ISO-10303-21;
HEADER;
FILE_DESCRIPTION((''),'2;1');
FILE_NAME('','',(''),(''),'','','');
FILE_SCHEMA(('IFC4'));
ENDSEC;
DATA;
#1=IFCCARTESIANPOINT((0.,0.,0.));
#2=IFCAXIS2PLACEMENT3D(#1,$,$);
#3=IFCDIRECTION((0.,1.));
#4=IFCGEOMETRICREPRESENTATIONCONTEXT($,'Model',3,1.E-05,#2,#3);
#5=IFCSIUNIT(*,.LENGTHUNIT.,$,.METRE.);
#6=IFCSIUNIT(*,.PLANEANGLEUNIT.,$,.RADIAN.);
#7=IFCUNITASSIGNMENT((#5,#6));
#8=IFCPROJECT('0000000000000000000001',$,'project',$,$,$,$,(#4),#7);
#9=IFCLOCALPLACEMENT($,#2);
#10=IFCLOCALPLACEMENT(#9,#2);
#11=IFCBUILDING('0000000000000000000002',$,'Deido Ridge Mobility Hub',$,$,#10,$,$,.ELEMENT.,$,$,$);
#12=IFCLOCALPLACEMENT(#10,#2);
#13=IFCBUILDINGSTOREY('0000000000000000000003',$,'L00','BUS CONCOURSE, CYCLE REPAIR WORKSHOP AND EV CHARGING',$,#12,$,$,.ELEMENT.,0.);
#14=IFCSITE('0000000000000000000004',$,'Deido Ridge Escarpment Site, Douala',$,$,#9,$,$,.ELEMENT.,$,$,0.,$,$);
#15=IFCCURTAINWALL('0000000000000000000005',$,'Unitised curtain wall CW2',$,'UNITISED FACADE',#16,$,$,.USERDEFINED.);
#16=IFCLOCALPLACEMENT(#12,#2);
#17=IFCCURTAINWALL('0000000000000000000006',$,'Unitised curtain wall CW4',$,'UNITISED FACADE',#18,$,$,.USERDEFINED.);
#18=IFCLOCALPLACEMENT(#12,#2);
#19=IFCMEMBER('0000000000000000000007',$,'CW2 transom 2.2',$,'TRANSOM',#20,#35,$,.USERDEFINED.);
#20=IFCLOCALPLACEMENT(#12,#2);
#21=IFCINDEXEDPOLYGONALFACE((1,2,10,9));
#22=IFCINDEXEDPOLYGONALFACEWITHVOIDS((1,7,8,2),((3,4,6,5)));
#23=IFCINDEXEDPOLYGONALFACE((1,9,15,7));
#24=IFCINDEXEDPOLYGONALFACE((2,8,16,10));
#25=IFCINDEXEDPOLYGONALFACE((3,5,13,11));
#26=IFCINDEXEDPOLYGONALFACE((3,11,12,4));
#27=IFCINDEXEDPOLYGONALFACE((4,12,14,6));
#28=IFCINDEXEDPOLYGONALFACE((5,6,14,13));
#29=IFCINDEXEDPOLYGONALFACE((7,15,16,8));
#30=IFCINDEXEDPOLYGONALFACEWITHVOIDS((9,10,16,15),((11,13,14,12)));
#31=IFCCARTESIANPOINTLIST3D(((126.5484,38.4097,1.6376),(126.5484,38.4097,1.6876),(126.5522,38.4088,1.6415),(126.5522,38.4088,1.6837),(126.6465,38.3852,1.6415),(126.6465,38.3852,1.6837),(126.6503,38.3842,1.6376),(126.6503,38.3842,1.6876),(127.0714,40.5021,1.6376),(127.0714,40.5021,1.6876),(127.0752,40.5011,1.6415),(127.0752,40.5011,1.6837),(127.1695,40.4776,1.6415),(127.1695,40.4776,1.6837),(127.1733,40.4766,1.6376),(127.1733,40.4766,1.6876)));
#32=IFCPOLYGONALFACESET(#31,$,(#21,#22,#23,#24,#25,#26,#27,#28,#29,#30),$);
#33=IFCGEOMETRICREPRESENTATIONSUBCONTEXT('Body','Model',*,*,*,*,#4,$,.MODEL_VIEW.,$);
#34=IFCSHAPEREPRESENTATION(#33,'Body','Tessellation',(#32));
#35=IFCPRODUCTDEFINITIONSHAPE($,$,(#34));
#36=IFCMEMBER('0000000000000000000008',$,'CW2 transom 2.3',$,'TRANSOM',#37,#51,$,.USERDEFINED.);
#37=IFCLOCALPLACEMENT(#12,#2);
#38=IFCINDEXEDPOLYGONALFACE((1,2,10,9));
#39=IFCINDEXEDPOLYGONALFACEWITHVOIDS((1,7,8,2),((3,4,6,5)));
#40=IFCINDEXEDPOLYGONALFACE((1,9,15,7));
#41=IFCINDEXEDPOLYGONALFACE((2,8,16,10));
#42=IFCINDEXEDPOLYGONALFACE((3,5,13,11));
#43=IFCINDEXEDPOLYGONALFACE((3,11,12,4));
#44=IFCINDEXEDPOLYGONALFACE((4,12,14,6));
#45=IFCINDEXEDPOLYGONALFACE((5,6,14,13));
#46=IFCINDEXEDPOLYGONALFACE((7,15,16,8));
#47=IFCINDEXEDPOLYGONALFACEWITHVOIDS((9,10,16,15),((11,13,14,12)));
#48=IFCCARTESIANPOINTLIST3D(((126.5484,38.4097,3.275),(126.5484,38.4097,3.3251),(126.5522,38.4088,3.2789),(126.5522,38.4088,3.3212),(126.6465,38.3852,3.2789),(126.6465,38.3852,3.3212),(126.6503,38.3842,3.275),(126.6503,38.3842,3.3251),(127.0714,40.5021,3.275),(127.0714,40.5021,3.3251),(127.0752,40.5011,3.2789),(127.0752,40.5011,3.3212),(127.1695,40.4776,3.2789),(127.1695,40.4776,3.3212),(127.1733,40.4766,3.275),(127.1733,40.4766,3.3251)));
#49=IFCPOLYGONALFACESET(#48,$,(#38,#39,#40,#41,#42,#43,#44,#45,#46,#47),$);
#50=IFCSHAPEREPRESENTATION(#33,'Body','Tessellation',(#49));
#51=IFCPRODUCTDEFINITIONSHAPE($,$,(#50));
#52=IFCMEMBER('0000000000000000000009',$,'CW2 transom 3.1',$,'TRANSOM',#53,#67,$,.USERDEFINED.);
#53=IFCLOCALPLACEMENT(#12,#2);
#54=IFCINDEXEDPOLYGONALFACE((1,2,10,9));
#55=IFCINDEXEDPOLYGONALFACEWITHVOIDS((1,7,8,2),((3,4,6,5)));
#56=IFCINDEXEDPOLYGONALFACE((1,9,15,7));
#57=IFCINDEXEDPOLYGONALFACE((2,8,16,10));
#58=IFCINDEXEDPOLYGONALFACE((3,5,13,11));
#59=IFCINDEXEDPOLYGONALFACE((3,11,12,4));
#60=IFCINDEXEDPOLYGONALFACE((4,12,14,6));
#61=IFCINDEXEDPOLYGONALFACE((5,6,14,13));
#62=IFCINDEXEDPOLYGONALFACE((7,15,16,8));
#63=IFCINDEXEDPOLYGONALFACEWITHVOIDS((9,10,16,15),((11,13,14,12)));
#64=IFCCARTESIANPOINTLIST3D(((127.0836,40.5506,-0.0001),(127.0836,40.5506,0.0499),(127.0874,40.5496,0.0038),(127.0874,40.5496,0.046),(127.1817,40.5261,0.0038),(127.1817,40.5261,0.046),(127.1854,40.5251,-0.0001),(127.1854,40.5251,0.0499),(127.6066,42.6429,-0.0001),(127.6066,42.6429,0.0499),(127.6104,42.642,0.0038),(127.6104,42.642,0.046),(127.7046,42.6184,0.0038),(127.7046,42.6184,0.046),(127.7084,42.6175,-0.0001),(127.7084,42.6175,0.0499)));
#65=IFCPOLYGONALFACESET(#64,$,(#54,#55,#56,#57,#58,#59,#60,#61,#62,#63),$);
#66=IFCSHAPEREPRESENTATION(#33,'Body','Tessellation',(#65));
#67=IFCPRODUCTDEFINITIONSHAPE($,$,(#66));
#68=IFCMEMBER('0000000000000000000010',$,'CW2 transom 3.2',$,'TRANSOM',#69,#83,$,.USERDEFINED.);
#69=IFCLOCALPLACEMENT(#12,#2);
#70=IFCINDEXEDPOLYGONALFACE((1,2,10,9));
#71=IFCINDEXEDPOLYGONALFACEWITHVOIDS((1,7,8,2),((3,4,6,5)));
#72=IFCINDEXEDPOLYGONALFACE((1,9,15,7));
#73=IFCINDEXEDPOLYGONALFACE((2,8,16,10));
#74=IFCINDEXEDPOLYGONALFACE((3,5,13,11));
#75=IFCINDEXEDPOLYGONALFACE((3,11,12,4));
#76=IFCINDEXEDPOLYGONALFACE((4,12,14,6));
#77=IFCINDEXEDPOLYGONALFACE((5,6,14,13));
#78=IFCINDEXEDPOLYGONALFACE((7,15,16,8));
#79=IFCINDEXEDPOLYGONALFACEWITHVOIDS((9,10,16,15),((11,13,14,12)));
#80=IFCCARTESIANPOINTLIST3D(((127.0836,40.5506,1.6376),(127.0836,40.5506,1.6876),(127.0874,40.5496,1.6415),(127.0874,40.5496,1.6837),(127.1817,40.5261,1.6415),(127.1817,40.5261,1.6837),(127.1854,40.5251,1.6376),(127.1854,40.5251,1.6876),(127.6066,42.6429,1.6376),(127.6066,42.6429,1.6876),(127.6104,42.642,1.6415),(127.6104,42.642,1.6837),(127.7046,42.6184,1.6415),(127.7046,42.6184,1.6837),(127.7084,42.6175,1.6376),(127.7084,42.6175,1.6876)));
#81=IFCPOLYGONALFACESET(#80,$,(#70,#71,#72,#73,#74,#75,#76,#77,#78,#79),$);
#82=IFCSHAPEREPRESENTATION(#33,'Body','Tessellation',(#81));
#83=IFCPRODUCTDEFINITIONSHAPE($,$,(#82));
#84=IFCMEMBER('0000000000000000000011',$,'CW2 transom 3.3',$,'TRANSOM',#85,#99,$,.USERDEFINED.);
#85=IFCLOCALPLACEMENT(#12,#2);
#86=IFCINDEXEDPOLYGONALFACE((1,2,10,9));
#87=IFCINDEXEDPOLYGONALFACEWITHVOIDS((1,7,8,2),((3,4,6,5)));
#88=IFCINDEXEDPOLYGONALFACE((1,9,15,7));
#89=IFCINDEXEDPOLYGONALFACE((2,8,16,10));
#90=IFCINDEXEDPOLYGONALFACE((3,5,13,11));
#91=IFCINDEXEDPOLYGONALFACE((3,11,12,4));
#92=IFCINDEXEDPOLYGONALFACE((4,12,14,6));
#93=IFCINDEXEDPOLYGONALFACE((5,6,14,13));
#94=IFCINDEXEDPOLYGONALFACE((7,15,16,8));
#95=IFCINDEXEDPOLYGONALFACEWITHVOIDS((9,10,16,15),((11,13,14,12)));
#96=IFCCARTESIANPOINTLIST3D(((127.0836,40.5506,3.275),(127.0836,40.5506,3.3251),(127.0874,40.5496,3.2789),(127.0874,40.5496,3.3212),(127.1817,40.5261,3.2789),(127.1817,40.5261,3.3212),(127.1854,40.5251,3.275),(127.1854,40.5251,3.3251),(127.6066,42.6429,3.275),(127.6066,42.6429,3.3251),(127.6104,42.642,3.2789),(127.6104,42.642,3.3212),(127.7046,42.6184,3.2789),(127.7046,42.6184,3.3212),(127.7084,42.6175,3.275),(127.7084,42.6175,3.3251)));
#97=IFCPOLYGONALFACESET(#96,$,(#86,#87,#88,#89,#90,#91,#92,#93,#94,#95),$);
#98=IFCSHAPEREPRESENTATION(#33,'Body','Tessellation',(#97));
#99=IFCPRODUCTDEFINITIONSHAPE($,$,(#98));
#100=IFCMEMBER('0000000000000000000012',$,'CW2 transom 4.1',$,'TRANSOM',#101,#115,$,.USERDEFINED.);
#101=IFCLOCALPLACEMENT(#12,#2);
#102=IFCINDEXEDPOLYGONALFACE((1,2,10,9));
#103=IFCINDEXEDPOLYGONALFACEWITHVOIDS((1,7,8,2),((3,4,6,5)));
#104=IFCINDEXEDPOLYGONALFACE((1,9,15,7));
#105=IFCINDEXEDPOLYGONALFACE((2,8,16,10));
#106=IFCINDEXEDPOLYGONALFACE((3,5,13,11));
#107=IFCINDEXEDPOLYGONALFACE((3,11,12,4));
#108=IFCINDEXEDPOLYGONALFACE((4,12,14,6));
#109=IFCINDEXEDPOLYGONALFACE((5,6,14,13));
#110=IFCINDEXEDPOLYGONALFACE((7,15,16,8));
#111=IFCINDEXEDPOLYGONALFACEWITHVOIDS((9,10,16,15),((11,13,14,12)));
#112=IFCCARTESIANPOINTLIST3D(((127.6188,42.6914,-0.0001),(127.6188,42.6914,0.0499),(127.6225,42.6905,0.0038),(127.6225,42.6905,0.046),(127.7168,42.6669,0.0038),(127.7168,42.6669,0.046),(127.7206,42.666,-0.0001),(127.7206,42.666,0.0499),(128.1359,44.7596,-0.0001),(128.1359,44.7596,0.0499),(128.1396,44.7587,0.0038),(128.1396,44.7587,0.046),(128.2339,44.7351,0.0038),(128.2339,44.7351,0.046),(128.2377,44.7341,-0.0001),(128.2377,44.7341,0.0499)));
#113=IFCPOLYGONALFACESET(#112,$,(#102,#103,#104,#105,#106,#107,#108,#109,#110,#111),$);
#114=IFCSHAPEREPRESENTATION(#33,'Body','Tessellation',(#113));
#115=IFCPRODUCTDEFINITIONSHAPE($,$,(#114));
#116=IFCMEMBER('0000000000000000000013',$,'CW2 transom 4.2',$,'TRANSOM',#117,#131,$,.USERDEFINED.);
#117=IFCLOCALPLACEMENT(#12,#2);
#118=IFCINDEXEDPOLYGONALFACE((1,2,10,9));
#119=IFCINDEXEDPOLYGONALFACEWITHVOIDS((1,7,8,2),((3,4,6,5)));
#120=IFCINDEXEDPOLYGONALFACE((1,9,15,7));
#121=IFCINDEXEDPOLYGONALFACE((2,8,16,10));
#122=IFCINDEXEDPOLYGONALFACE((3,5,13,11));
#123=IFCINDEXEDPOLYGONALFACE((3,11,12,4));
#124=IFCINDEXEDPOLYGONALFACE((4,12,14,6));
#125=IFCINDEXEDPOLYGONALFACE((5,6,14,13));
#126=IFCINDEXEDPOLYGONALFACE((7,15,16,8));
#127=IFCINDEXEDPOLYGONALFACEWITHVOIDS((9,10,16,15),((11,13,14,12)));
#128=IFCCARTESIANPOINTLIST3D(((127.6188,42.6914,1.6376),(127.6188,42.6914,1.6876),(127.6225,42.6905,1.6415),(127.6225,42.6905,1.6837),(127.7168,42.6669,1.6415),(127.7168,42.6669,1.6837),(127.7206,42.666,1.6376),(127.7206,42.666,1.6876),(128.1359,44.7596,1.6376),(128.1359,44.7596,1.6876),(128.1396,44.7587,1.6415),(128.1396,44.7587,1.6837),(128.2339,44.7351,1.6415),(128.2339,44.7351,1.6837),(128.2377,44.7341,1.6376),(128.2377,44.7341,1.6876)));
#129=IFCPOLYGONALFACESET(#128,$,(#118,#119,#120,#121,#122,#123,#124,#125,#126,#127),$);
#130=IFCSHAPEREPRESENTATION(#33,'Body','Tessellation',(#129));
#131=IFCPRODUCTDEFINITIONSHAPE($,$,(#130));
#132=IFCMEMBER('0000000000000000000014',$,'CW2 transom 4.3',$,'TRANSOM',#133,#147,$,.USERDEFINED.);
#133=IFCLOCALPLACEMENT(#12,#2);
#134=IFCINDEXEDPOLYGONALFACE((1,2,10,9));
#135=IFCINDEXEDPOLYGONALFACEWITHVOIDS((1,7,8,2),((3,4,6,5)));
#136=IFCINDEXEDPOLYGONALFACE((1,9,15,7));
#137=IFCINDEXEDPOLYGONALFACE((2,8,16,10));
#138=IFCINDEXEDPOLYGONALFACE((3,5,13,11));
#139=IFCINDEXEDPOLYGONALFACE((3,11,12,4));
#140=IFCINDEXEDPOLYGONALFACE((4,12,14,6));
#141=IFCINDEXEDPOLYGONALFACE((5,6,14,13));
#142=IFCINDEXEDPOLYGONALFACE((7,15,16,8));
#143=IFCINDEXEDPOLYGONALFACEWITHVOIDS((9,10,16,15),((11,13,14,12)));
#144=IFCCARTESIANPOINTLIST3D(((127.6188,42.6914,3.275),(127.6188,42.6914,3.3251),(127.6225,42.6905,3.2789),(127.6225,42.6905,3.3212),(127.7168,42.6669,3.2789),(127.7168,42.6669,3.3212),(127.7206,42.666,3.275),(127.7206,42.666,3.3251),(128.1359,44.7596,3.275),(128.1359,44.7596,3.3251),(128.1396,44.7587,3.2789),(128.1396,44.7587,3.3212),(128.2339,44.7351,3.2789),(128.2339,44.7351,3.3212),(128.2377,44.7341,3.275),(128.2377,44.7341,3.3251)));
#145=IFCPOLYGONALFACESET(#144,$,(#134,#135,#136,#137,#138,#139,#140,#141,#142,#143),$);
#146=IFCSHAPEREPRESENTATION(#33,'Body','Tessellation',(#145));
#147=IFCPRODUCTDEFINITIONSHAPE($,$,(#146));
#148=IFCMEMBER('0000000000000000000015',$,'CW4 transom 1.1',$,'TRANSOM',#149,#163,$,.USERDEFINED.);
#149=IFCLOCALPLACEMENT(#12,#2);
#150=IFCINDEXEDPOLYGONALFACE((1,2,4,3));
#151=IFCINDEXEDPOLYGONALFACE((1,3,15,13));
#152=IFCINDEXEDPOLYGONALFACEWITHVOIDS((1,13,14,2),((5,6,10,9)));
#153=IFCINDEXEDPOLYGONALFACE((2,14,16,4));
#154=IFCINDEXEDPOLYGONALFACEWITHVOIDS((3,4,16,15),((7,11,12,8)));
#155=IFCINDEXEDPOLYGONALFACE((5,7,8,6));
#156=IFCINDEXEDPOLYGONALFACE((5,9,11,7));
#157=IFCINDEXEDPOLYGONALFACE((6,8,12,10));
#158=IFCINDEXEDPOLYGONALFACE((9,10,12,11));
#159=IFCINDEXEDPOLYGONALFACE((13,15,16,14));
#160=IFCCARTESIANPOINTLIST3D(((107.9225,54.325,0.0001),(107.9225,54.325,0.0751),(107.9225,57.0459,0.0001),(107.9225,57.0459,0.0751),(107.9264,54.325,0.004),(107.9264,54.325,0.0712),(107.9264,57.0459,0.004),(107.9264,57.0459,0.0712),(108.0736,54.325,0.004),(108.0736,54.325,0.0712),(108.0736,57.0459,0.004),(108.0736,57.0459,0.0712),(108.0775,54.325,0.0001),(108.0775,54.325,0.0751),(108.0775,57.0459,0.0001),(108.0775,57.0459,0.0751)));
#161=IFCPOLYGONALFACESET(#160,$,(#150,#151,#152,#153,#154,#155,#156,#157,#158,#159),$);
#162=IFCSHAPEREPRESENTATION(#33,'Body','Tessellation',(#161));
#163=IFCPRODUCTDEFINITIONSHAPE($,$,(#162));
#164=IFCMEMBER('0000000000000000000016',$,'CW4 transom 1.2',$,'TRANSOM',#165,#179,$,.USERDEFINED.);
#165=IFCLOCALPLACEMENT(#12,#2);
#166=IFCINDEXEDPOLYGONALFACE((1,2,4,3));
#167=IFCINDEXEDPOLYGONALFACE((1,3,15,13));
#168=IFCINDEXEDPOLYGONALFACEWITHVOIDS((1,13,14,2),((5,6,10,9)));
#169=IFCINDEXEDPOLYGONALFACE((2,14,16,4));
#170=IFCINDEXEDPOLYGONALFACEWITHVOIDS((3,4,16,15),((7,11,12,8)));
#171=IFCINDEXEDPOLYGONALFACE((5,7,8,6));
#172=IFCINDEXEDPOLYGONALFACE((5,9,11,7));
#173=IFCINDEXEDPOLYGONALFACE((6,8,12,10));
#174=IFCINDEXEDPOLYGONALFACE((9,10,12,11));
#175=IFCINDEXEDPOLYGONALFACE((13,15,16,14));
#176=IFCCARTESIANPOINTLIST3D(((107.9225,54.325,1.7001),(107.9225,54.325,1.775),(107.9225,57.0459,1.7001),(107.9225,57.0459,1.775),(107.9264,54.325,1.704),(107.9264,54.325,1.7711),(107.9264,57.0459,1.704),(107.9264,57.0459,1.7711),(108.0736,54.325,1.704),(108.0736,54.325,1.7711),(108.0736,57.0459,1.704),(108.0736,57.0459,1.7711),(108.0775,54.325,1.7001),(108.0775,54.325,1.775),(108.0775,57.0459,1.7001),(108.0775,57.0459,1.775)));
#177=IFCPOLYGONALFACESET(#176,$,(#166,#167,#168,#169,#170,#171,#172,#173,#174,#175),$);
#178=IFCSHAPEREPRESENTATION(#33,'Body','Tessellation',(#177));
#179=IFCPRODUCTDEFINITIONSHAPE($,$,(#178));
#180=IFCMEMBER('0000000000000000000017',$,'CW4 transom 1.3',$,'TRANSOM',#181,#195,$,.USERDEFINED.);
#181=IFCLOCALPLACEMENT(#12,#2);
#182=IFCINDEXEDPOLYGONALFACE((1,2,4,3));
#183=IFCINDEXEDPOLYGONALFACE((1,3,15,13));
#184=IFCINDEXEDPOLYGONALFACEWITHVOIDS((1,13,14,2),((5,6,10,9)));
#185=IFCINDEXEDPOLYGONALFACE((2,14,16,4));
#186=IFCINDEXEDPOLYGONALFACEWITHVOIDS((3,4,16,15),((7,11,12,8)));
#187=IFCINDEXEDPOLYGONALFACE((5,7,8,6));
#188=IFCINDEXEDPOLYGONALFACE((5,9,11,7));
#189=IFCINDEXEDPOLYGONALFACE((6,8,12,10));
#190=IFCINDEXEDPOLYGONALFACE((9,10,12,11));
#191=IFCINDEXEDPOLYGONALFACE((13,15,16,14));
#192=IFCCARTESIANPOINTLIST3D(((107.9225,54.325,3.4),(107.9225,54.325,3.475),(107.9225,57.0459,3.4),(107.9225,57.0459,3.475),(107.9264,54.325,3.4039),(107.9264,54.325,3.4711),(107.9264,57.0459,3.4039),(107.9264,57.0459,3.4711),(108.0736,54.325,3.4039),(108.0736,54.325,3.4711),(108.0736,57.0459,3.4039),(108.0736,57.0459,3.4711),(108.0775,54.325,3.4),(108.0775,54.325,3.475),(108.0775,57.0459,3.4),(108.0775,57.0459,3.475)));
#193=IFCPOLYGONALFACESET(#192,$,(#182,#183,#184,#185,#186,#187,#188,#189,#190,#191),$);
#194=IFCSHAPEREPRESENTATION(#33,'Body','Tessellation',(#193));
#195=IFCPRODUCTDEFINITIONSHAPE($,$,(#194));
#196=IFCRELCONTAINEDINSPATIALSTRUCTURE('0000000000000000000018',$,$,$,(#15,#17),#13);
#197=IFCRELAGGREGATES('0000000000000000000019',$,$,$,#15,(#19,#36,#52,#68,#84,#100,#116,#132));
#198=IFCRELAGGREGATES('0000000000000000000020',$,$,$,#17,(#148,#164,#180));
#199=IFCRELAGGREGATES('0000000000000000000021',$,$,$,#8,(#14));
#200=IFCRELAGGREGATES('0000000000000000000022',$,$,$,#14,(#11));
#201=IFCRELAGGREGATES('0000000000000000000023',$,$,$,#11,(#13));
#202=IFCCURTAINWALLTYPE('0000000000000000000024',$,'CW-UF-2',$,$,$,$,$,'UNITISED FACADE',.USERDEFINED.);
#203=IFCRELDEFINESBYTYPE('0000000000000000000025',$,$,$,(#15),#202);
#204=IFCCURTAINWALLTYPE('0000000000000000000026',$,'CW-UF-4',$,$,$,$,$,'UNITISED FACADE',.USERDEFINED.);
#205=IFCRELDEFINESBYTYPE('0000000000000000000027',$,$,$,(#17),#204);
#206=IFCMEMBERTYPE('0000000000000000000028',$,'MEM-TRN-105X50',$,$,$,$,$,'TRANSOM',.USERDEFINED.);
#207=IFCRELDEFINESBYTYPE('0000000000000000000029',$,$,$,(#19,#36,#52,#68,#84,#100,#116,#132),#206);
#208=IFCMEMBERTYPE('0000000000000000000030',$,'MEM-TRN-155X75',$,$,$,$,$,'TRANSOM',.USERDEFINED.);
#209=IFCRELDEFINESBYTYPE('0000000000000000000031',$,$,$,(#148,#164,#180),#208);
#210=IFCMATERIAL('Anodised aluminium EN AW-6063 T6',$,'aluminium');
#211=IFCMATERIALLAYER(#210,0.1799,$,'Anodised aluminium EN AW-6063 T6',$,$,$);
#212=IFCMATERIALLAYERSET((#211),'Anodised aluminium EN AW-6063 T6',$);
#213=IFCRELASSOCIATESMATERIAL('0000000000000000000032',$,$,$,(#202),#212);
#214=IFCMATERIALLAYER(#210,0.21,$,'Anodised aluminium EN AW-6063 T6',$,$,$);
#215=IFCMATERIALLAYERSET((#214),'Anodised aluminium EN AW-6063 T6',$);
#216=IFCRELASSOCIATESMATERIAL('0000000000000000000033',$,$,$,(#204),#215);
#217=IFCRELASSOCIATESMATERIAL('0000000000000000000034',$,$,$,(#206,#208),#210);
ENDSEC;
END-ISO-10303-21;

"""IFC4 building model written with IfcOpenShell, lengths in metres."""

from ifc_helpers import new_model, si_unit, direction, frame, origin, origin_2d, place, context, subcontext, project, spatial, hollow_rectangle, extrude, material, layer, layer_set, material_profile, profile_set, type_object, element, aggregate, save


model = new_model("IFC4")

# Units and contexts
model_context = context("Model", 3, precision=1e-05, world=origin(), true_north=direction((0.0, 1.0)))
body_context = subcontext(model_context, "Body", "Model", "MODEL_VIEW")
ifc_project = project(units=[si_unit("LENGTHUNIT", "METRE"), si_unit("PLANEANGLEUNIT", "RADIAN")], contexts=[model_context])

# Site, building, storey
site_placement = place(None, origin())
site = spatial("IfcSite", under=ifc_project, at=site_placement, Name="Deido Ridge Escarpment Site, Douala", CompositionType="ELEMENT", RefElevation=0.0)
building_placement = place(site_placement, origin())
building = spatial("IfcBuilding", under=site, at=building_placement, Name="Deido Ridge Mobility Hub", CompositionType="ELEMENT")
storey_placement = place(building_placement, origin())
storey = spatial("IfcBuildingStorey", under=building, at=storey_placement, Name="L00", Description="BUS CONCOURSE, CYCLE REPAIR WORKSHOP AND EV CHARGING", CompositionType="ELEMENT", Elevation=0.0)

# Curtain wall
ifc_material_1 = material(Name="Anodised aluminium EN AW-6063 T6", Category="aluminium")
ifc_layer_1 = layer(ifc_material_1, 0.1799, Name="Anodised aluminium EN AW-6063 T6")
ifc_layer_set_1 = layer_set([ifc_layer_1], Name="Anodised aluminium EN AW-6063 T6")
curtain_wall_type_1 = type_object("IfcCurtainWallType", Name="CW-UF-2", ElementType="UNITISED FACADE", PredefinedType="USERDEFINED", material=ifc_layer_set_1)
curtain_wall_1_placement = place(storey_placement, origin())
curtain_wall_1 = element("IfcCurtainWall", 1, at=curtain_wall_1_placement, inside=storey, type_object=curtain_wall_type_1, Name="Unitised curtain wall CW2", ObjectType="UNITISED FACADE", PredefinedType="USERDEFINED")

# Shared definitions
ifc_layer_2 = layer(ifc_material_1, 0.21, Name="Anodised aluminium EN AW-6063 T6")
ifc_layer_set_2 = layer_set([ifc_layer_2], Name="Anodised aluminium EN AW-6063 T6")
curtain_wall_type_2 = type_object("IfcCurtainWallType", Name="CW-UF-4", ElementType="UNITISED FACADE", PredefinedType="USERDEFINED", material=ifc_layer_set_2)

# Curtain wall
curtain_wall_2_placement = place(storey_placement, origin())
curtain_wall_2 = element("IfcCurtainWall", 2, at=curtain_wall_2_placement, inside=storey, type_object=curtain_wall_type_2, Name="Unitised curtain wall CW4", ObjectType="UNITISED FACADE", PredefinedType="USERDEFINED")

# Members
ifc_material_profile_1 = material_profile(ifc_material_1, hollow_rectangle(XDim=0.105, YDim=0.05, WallThickness=0.0039, at=origin_2d()), Name="RHS 105x50x4")
ifc_profile_set_1 = profile_set([ifc_material_profile_1], Name="Anodised aluminium EN AW-6063 T6")
member_type_1 = type_object("IfcMemberType", Name="MEM-TRN-105X50", ElementType="TRANSOM", PredefinedType="USERDEFINED", material=ifc_profile_set_1)
member_1_placement = place(storey_placement, frame((126.5994, 38.397, 1.6626), z_axis=(0.242482, 0.970156, 0.0), x_axis=(-0.970156, 0.242482, 0.0)))
member_1 = element("IfcMember", 3, at=member_1_placement, type_object=member_type_1, Name="CW2 transom 2.2", ObjectType="TRANSOM", PredefinedType="USERDEFINED", context=body_context, shape_type="SweptSolid", body=[
    extrude(hollow_rectangle(XDim=0.105, YDim=0.05, WallThickness=0.0039, at=origin_2d()), origin(), (0.0, 0.0, 1.0), 2.1567),
])
member_2_placement = place(storey_placement, frame((126.5994, 38.397, 3.3), z_axis=(0.242482, 0.970156, 0.0), x_axis=(-0.970156, 0.242482, 0.0)))
member_2 = element("IfcMember", 4, at=member_2_placement, type_object=member_type_1, Name="CW2 transom 2.3", ObjectType="TRANSOM", PredefinedType="USERDEFINED", context=body_context, shape_type="SweptSolid", body=[
    extrude(hollow_rectangle(XDim=0.105, YDim=0.05, WallThickness=0.0039, at=origin_2d()), origin(), (0.0, 0.0, 1.0), 2.1567),
])
member_3_placement = place(storey_placement, frame((127.1345, 40.5378, 0.0249), z_axis=(0.242482, 0.970156, 0.0), x_axis=(-0.970156, 0.242482, 0.0)))
member_3 = element("IfcMember", 5, at=member_3_placement, type_object=member_type_1, Name="CW2 transom 3.1", ObjectType="TRANSOM", PredefinedType="USERDEFINED", context=body_context, shape_type="SweptSolid", body=[
    extrude(hollow_rectangle(XDim=0.105, YDim=0.05, WallThickness=0.0039, at=origin_2d()), origin(), (0.0, 0.0, 1.0), 2.1567),
])
member_4_placement = place(storey_placement, frame((127.1345, 40.5378, 1.6626), z_axis=(0.242482, 0.970156, 0.0), x_axis=(-0.970156, 0.242482, 0.0)))
member_4 = element("IfcMember", 6, at=member_4_placement, type_object=member_type_1, Name="CW2 transom 3.2", ObjectType="TRANSOM", PredefinedType="USERDEFINED", context=body_context, shape_type="SweptSolid", body=[
    extrude(hollow_rectangle(XDim=0.105, YDim=0.05, WallThickness=0.0039, at=origin_2d()), origin(), (0.0, 0.0, 1.0), 2.1567),
])
member_5_placement = place(storey_placement, frame((127.1345, 40.5378, 3.3), z_axis=(0.242482, 0.970156, 0.0), x_axis=(-0.970156, 0.242482, 0.0)))
member_5 = element("IfcMember", 7, at=member_5_placement, type_object=member_type_1, Name="CW2 transom 3.3", ObjectType="TRANSOM", PredefinedType="USERDEFINED", context=body_context, shape_type="SweptSolid", body=[
    extrude(hollow_rectangle(XDim=0.105, YDim=0.05, WallThickness=0.0039, at=origin_2d()), origin(), (0.0, 0.0, 1.0), 2.1567),
])
member_6_placement = place(storey_placement, frame((127.6697, 42.6787, 0.0249), z_axis=(0.242563, 0.970136, 0.0), x_axis=(-0.970136, 0.242563, 0.0)))
member_6 = element("IfcMember", 8, at=member_6_placement, type_object=member_type_1, Name="CW2 transom 4.1", ObjectType="TRANSOM", PredefinedType="USERDEFINED", context=body_context, shape_type="SweptSolid", body=[
    extrude(hollow_rectangle(XDim=0.105, YDim=0.05, WallThickness=0.0039, at=origin_2d()), origin(), (0.0, 0.0, 1.0), 2.1318),
])
member_7_placement = place(storey_placement, frame((127.6697, 42.6787, 1.6626), z_axis=(0.242563, 0.970136, 0.0), x_axis=(-0.970136, 0.242563, 0.0)))
member_7 = element("IfcMember", 9, at=member_7_placement, type_object=member_type_1, Name="CW2 transom 4.2", ObjectType="TRANSOM", PredefinedType="USERDEFINED", context=body_context, shape_type="SweptSolid", body=[
    extrude(hollow_rectangle(XDim=0.105, YDim=0.05, WallThickness=0.0039, at=origin_2d()), origin(), (0.0, 0.0, 1.0), 2.1318),
])
member_8_placement = place(storey_placement, frame((127.6697, 42.6787, 3.3), z_axis=(0.242563, 0.970136, 0.0), x_axis=(-0.970136, 0.242563, 0.0)))
member_8 = element("IfcMember", 10, at=member_8_placement, type_object=member_type_1, Name="CW2 transom 4.3", ObjectType="TRANSOM", PredefinedType="USERDEFINED", context=body_context, shape_type="SweptSolid", body=[
    extrude(hollow_rectangle(XDim=0.105, YDim=0.05, WallThickness=0.0039, at=origin_2d()), origin(), (0.0, 0.0, 1.0), 2.1318),
])
ifc_material_profile_2 = material_profile(ifc_material_1, hollow_rectangle(XDim=0.155, YDim=0.075, WallThickness=0.0039, at=origin_2d()), Name="RHS 155x75x4")
ifc_profile_set_2 = profile_set([ifc_material_profile_2], Name="Anodised aluminium EN AW-6063 T6")
member_type_2 = type_object("IfcMemberType", Name="MEM-TRN-155X75", ElementType="TRANSOM", PredefinedType="USERDEFINED", material=ifc_profile_set_2)
member_9_placement = place(storey_placement, frame((108.0, 54.325, 0.0376), z_axis=(0.0, 1.0, 0.0), x_axis=(-1.0, 0.0, 0.0)))
member_9 = element("IfcMember", 11, at=member_9_placement, type_object=member_type_2, Name="CW4 transom 1.1", ObjectType="TRANSOM", PredefinedType="USERDEFINED", context=body_context, shape_type="SweptSolid", body=[
    extrude(hollow_rectangle(XDim=0.155, YDim=0.075, WallThickness=0.0039, at=origin_2d()), origin(), (0.0, 0.0, 1.0), 2.7209),
])
member_10_placement = place(storey_placement, frame((108.0, 54.325, 1.7375), z_axis=(0.0, 1.0, 0.0), x_axis=(-1.0, 0.0, 0.0)))
member_10 = element("IfcMember", 12, at=member_10_placement, type_object=member_type_2, Name="CW4 transom 1.2", ObjectType="TRANSOM", PredefinedType="USERDEFINED", context=body_context, shape_type="SweptSolid", body=[
    extrude(hollow_rectangle(XDim=0.155, YDim=0.075, WallThickness=0.0039, at=origin_2d()), origin(), (0.0, 0.0, 1.0), 2.7209),
])
member_11_placement = place(storey_placement, frame((108.0, 54.325, 3.4375), z_axis=(0.0, 1.0, 0.0), x_axis=(-1.0, 0.0, 0.0)))
member_11 = element("IfcMember", 13, at=member_11_placement, type_object=member_type_2, Name="CW4 transom 1.3", ObjectType="TRANSOM", PredefinedType="USERDEFINED", context=body_context, shape_type="SweptSolid", body=[
    extrude(hollow_rectangle(XDim=0.155, YDim=0.075, WallThickness=0.0039, at=origin_2d()), origin(), (0.0, 0.0, 1.0), 2.7209),
])

aggregate(curtain_wall_1, [member_1, member_2, member_3, member_4, member_5, member_6, member_7, member_8])
aggregate(curtain_wall_2, [member_9, member_10, member_11])

save(model, "model.ifc")
